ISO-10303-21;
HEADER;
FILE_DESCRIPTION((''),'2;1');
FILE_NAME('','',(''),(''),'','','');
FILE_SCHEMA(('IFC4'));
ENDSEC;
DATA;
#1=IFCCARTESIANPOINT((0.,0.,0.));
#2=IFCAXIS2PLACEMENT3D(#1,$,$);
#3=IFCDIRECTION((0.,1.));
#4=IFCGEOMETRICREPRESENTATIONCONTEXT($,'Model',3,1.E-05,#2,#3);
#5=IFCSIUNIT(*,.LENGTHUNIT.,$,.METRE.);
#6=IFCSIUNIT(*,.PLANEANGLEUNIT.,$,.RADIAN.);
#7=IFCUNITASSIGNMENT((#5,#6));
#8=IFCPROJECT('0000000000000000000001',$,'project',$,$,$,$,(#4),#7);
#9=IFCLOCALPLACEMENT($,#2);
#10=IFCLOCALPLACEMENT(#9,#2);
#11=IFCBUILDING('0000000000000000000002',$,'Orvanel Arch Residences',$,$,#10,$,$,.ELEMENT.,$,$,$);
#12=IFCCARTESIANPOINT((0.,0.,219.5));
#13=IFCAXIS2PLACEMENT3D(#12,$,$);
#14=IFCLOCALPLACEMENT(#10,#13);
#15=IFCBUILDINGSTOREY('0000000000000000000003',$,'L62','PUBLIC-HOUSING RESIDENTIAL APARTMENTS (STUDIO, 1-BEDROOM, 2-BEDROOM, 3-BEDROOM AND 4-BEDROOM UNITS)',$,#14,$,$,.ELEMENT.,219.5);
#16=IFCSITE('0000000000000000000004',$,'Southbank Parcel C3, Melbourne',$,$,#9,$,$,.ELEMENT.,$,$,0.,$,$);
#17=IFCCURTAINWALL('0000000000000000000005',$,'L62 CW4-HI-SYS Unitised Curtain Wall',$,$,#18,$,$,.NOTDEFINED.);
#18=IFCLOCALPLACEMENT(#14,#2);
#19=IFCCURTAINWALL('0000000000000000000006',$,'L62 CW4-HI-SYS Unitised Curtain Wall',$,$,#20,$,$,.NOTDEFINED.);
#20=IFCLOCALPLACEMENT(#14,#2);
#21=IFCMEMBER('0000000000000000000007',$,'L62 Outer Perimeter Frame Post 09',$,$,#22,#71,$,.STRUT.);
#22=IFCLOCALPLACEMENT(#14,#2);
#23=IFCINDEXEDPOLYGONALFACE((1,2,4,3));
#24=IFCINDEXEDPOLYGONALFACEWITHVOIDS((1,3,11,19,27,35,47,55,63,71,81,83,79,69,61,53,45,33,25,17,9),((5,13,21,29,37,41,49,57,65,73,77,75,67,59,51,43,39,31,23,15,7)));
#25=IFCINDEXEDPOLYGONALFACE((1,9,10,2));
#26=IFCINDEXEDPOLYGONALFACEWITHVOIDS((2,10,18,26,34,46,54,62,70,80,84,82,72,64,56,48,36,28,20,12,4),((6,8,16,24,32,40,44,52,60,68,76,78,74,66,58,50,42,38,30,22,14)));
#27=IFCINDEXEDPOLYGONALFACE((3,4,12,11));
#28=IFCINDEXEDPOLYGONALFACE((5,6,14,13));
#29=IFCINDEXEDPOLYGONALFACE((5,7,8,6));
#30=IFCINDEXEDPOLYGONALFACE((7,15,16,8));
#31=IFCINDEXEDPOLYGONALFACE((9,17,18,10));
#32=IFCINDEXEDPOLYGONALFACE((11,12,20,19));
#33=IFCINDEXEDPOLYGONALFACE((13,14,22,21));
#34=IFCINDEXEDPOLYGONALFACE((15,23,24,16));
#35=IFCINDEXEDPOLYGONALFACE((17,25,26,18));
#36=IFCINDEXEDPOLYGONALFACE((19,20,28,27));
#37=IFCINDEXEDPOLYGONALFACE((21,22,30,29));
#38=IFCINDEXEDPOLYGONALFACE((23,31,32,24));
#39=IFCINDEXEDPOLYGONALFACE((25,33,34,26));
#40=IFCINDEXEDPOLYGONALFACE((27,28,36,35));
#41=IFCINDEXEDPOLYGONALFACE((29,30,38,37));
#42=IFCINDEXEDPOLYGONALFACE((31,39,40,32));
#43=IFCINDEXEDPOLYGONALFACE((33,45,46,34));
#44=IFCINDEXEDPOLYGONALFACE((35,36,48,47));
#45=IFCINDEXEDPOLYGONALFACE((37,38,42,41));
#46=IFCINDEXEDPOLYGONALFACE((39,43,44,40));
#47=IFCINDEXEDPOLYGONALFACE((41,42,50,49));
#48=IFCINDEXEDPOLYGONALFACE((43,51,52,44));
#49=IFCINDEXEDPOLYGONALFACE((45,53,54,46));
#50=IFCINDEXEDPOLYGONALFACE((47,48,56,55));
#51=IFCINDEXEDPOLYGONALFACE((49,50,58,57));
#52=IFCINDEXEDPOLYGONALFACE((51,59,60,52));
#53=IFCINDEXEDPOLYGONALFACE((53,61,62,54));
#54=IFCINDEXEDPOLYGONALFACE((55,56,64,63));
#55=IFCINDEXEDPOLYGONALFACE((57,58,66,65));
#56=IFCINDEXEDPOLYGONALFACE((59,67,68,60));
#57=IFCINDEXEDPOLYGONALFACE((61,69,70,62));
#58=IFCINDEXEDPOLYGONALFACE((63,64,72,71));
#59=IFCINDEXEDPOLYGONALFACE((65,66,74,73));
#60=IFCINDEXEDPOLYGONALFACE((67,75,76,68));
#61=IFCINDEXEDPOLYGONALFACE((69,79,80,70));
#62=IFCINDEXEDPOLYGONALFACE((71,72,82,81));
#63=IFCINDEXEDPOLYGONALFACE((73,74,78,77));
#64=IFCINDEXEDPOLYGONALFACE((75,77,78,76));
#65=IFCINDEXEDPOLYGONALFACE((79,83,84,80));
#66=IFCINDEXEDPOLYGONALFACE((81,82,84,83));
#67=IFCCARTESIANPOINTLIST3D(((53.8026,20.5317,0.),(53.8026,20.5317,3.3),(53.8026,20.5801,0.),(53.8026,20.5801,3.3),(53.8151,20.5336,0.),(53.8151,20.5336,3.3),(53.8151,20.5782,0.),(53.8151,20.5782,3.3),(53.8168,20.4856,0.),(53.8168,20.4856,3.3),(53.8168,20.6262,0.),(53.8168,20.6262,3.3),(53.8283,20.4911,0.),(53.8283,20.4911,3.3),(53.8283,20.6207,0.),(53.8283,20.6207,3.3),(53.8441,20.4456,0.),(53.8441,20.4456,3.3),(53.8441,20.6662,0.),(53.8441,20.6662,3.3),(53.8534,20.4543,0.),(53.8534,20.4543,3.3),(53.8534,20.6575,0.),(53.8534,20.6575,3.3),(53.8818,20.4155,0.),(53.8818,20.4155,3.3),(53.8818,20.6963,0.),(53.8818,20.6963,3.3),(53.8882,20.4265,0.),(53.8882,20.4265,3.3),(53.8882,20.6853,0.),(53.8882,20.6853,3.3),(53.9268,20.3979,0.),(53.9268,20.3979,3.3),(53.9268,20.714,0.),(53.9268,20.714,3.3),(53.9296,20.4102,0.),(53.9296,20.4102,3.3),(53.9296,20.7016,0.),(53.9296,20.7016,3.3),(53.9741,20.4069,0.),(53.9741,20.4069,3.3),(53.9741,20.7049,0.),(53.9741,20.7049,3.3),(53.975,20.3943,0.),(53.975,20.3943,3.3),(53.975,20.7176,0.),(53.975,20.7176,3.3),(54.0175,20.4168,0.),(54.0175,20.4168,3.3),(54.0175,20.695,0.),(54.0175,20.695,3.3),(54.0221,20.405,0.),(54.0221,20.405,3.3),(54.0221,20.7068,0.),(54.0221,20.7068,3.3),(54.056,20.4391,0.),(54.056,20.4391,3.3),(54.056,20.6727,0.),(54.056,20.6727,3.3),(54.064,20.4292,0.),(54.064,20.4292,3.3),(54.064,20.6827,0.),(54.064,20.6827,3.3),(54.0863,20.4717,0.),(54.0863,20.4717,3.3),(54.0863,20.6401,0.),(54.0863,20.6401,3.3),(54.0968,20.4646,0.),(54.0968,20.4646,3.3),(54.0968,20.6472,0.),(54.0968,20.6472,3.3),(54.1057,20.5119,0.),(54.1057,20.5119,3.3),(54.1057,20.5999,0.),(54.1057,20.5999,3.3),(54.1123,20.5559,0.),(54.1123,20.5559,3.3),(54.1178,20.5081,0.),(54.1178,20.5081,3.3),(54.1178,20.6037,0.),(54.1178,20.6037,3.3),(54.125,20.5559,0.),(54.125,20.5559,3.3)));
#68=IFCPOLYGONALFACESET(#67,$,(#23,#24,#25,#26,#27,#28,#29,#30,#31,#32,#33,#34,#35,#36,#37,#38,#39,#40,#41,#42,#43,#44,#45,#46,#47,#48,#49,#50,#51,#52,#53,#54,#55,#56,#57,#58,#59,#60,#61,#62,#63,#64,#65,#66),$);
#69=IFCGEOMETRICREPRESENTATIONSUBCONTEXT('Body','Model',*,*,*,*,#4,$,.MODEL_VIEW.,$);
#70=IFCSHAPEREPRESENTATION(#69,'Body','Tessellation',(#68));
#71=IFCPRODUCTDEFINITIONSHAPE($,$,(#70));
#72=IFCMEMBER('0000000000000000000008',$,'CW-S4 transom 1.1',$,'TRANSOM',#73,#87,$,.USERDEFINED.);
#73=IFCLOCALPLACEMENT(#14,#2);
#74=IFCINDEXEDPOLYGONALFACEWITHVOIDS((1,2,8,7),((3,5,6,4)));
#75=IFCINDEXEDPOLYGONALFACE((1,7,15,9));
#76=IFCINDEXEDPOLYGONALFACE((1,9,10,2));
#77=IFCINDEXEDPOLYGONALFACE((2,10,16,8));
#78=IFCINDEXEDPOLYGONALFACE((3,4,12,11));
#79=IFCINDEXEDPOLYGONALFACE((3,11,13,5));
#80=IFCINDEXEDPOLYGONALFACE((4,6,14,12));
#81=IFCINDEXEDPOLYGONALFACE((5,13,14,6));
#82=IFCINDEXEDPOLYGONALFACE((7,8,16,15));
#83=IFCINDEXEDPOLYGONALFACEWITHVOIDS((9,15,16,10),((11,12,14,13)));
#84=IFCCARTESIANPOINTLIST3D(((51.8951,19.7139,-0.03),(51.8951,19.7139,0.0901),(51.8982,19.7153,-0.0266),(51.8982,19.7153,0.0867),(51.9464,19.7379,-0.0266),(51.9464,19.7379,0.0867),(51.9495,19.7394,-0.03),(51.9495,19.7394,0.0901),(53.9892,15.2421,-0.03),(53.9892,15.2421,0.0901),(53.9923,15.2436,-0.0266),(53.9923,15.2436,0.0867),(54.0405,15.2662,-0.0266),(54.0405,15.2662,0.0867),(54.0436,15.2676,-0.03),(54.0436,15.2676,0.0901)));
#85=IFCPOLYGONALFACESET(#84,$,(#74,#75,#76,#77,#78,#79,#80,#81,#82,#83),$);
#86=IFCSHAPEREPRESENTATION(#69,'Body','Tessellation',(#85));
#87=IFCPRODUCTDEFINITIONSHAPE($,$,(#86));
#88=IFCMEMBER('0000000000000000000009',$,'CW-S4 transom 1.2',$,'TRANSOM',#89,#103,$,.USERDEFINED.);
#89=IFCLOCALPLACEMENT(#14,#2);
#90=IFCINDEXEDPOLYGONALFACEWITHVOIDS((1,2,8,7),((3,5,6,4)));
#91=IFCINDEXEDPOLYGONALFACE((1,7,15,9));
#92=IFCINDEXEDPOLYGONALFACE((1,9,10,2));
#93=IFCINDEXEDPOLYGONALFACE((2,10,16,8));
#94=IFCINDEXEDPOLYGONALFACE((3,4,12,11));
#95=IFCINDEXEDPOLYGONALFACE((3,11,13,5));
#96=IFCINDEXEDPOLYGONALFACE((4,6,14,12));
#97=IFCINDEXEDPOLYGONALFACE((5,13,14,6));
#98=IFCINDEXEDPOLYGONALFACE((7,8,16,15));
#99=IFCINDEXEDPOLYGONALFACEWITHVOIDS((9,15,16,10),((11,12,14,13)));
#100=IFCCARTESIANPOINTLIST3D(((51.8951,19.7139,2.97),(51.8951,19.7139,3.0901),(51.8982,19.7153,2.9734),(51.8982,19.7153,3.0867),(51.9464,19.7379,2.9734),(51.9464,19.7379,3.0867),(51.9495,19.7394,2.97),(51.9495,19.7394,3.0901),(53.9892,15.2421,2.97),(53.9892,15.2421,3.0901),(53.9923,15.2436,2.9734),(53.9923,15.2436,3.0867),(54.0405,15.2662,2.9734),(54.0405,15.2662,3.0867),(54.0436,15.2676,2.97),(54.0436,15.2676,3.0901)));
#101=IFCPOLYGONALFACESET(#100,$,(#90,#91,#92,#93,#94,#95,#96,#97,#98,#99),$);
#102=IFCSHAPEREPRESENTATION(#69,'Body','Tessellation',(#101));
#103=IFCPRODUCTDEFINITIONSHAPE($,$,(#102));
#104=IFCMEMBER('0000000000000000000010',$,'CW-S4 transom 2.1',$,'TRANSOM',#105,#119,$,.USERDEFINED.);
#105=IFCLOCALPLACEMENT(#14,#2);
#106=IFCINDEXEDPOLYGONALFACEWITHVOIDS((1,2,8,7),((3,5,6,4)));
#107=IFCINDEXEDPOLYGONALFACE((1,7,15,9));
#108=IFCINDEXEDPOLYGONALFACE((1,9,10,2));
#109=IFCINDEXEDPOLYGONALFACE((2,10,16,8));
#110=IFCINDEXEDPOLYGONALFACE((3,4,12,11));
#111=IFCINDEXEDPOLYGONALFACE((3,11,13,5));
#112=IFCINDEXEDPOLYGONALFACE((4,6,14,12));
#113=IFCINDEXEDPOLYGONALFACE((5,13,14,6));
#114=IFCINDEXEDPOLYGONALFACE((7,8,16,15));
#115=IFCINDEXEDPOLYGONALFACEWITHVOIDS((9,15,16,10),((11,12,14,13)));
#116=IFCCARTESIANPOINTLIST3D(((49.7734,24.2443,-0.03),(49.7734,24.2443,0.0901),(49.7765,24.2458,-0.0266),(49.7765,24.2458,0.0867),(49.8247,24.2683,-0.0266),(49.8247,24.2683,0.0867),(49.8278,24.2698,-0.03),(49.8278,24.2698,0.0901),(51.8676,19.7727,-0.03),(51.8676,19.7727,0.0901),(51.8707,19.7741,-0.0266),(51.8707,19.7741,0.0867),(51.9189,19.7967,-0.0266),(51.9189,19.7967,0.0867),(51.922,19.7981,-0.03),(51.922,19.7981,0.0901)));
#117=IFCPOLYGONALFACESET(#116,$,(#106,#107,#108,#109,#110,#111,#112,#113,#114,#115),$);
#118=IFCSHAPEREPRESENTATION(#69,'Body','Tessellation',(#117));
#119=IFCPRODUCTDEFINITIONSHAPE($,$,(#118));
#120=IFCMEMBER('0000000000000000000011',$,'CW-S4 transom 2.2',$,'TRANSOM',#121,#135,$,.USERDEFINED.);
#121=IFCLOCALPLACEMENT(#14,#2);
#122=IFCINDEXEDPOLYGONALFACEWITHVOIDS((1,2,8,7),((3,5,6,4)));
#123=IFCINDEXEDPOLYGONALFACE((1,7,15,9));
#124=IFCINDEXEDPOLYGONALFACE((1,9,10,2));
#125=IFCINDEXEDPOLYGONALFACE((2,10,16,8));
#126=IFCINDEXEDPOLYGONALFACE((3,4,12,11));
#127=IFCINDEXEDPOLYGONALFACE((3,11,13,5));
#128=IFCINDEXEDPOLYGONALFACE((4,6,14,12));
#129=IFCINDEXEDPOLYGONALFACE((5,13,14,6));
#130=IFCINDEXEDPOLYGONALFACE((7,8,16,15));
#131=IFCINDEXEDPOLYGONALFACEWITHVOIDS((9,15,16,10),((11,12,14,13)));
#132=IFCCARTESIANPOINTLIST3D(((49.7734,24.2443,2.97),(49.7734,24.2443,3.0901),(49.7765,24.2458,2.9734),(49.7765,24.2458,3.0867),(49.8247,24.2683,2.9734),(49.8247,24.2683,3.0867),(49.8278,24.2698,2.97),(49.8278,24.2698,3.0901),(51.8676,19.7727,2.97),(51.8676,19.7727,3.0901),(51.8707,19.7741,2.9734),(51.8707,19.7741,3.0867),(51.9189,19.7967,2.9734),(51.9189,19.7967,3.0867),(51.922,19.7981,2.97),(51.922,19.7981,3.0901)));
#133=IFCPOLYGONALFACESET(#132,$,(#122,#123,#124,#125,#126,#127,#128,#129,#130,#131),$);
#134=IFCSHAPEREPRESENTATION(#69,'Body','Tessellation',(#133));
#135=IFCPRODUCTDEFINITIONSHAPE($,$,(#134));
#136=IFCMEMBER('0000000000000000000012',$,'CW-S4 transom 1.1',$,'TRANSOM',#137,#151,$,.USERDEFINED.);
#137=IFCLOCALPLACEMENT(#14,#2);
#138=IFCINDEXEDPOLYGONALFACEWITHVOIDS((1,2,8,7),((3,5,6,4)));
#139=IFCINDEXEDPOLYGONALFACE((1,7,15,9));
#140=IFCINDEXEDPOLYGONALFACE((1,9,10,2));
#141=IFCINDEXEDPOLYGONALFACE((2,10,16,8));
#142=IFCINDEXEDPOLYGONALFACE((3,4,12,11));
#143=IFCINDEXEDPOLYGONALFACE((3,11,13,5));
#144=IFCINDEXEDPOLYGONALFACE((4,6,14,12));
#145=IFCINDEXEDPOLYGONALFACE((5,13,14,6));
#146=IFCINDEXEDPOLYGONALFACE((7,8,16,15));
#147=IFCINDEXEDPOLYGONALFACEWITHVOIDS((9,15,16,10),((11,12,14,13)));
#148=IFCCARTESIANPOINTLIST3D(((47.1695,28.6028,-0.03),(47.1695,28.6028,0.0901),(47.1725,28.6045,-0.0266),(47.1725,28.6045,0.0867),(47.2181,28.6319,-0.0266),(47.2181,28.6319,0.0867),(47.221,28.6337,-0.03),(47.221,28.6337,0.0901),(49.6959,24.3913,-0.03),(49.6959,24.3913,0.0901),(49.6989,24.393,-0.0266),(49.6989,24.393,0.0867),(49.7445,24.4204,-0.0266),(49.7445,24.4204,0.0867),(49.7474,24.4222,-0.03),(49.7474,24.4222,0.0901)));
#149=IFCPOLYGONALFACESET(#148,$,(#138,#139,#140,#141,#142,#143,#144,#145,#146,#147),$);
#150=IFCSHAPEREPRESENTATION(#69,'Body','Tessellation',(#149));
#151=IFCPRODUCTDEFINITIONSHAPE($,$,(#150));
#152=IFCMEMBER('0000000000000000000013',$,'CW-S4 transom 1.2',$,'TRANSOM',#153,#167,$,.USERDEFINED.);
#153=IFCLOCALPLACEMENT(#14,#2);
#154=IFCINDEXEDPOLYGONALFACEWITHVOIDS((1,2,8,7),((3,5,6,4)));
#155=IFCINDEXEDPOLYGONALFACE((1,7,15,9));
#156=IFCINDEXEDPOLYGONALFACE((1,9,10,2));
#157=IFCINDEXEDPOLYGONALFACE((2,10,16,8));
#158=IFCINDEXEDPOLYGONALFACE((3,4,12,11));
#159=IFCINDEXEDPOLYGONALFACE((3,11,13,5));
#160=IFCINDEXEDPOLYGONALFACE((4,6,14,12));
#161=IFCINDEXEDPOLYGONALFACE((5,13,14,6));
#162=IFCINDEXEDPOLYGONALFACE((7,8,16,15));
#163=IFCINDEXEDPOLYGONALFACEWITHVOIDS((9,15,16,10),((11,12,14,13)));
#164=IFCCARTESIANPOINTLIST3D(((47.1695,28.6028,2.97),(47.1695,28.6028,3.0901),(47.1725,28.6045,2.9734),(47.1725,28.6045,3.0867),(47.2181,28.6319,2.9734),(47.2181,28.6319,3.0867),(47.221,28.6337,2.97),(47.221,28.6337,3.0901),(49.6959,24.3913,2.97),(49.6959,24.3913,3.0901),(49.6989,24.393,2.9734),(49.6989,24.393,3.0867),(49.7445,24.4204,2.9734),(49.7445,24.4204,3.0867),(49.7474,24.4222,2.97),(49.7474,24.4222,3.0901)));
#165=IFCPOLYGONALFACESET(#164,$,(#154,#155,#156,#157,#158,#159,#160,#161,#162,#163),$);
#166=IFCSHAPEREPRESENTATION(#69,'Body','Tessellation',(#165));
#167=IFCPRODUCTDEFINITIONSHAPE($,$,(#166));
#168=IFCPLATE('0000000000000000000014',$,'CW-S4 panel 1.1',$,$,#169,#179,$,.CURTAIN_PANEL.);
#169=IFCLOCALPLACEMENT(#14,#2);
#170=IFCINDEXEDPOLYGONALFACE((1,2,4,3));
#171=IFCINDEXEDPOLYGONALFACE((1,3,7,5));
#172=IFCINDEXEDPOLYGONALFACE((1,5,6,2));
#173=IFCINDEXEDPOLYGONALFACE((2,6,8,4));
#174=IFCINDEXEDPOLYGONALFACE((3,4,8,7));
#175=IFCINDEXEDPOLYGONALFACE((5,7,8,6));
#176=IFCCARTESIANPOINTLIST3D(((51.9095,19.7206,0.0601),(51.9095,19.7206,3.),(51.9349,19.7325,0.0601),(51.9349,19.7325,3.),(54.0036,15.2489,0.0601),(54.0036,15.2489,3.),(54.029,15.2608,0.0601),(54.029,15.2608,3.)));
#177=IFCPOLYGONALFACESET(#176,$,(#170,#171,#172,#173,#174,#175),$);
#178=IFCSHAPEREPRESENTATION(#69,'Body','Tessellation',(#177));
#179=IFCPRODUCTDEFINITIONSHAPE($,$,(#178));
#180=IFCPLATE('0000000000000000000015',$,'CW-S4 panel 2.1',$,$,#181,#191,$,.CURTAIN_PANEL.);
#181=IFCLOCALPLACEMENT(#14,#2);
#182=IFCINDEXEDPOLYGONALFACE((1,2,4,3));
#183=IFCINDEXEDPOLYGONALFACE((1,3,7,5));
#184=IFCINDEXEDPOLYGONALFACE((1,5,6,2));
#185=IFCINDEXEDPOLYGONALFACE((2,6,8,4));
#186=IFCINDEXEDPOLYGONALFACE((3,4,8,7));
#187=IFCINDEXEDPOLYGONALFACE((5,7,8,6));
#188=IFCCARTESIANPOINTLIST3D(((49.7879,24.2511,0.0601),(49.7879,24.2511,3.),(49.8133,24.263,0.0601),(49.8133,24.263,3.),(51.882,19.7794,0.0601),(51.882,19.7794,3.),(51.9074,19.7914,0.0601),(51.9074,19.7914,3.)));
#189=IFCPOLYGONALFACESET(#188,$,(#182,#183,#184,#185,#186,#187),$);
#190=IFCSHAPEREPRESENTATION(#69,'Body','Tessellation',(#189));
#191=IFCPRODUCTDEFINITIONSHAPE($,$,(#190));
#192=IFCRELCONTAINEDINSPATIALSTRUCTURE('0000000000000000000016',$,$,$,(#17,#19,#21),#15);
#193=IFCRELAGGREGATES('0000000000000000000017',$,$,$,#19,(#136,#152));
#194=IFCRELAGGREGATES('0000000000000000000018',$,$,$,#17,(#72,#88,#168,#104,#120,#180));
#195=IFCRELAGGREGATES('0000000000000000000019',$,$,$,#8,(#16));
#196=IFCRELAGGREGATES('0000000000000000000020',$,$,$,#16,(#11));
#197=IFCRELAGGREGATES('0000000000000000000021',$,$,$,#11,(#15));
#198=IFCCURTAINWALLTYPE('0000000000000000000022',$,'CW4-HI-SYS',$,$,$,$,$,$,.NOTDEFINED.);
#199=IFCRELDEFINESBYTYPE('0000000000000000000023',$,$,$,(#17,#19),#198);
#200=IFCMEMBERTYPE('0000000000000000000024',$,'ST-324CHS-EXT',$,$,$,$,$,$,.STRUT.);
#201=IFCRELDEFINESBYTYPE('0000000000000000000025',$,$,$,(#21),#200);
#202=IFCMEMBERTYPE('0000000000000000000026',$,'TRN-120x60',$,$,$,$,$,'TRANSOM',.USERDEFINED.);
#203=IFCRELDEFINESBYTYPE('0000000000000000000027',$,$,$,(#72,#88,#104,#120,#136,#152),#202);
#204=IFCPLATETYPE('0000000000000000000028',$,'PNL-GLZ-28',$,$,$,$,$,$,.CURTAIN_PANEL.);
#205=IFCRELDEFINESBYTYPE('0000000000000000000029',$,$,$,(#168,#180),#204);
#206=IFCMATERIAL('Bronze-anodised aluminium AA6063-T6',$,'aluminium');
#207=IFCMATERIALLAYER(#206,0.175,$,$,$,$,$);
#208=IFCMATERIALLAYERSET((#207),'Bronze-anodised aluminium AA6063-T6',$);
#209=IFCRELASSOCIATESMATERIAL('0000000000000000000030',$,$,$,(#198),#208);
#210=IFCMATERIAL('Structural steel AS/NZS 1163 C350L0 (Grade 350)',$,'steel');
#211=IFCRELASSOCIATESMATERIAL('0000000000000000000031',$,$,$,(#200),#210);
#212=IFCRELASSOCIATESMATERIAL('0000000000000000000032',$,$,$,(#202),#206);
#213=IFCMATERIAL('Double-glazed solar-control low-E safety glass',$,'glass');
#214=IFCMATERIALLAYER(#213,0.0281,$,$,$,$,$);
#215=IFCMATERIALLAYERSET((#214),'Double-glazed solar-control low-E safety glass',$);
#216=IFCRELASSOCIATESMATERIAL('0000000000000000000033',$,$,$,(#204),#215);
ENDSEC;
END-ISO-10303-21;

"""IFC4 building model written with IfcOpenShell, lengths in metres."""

from ifc_helpers import new_model, si_unit, direction, frame, origin, origin_2d, place, context, subcontext, project, spatial, rectangle, hollow_rectangle, hollow_circle, extrude, material, layer, layer_set, material_profile, profile_set, type_object, element, aggregate, save


model = new_model("IFC4")

# Units and contexts
model_context = context("Model", 3, precision=1e-05, world=origin(), true_north=direction((0.0, 1.0)))
body_context = subcontext(model_context, "Body", "Model", "MODEL_VIEW")
ifc_project = project(units=[si_unit("LENGTHUNIT", "METRE"), si_unit("PLANEANGLEUNIT", "RADIAN")], contexts=[model_context])

# Site, building, storey
site_placement = place(None, origin())
site = spatial("IfcSite", under=ifc_project, at=site_placement, Name="Southbank Parcel C3, Melbourne", CompositionType="ELEMENT", RefElevation=0.0)
building_placement = place(site_placement, origin())
building = spatial("IfcBuilding", under=site, at=building_placement, Name="Orvanel Arch Residences", CompositionType="ELEMENT")
storey_placement = place(building_placement, frame((0.0, 0.0, 219.5)))
storey = spatial("IfcBuildingStorey", under=building, at=storey_placement, Name="L62", Description="PUBLIC-HOUSING RESIDENTIAL APARTMENTS (STUDIO, 1-BEDROOM, 2-BEDROOM, 3-BEDROOM AND 4-BEDROOM UNITS)", CompositionType="ELEMENT", Elevation=219.5)

# Shared definitions
ifc_material_1 = material(Name="Bronze-anodised aluminium AA6063-T6", Category="aluminium")

# Curtain wall
ifc_layer_1 = layer(ifc_material_1, 0.175)
ifc_layer_set_1 = layer_set([ifc_layer_1], Name="Bronze-anodised aluminium AA6063-T6")
curtain_wall_type_1 = type_object("IfcCurtainWallType", Name="CW4-HI-SYS", PredefinedType="NOTDEFINED", material=ifc_layer_set_1)
curtain_wall_1_placement = place(storey_placement, origin())
curtain_wall_1 = element("IfcCurtainWall", 1, at=curtain_wall_1_placement, inside=storey, type_object=curtain_wall_type_1, Name="L62 CW4-HI-SYS Unitised Curtain Wall", PredefinedType="NOTDEFINED")

# Curtain wall
curtain_wall_2_placement = place(storey_placement, origin())
curtain_wall_2 = element("IfcCurtainWall", 2, at=curtain_wall_2_placement, inside=storey, type_object=curtain_wall_type_1, Name="L62 CW4-HI-SYS Unitised Curtain Wall", PredefinedType="NOTDEFINED")

# Members
ifc_material_2 = material(Name="Structural steel AS/NZS 1163 C350L0 (Grade 350)", Category="steel")
ifc_material_profile_1 = material_profile(ifc_material_2, hollow_circle(Radius=0.1621, WallThickness=0.0127, at=origin_2d()), Name="CHS324x12.7")
ifc_profile_set_1 = profile_set([ifc_material_profile_1], Name="Structural steel AS/NZS 1163 C350L0 (Grade 350)")
member_type_1 = type_object("IfcMemberType", Name="ST-324CHS-EXT", PredefinedType="STRUT", material=ifc_profile_set_1)
member_1_placement = place(storey_placement, frame((53.9629, 20.5559, 0.0), z_axis=(0.0, 0.0, 1.0), x_axis=(1.0, 0.0, 0.0)))
element("IfcMember", 3, at=member_1_placement, inside=storey, type_object=member_type_1, Name="L62 Outer Perimeter Frame Post 09", PredefinedType="STRUT", context=body_context, shape_type="SweptSolid", body=[
    extrude(hollow_circle(Radius=0.1621, WallThickness=0.0127, at=origin_2d()), origin(), (0.0, 0.0, 1.0), 3.3),
])
ifc_material_profile_2 = material_profile(ifc_material_1, hollow_rectangle(XDim=0.0601, YDim=0.1201, WallThickness=0.0034, at=origin_2d()), Name="ALU120x60x3.5")
ifc_profile_set_2 = profile_set([ifc_material_profile_2], Name="Bronze-anodised aluminium AA6063-T6")
member_type_2 = type_object("IfcMemberType", Name="TRN-120x60", ElementType="TRANSOM", PredefinedType="USERDEFINED", material=ifc_profile_set_2)
member_2_placement = place(storey_placement, frame((54.0164, 15.2549, 0.03), z_axis=(-0.424084, 0.905623, 0.0), x_axis=(-0.905623, -0.424084, 0.0)))
member_2 = element("IfcMember", 4, at=member_2_placement, type_object=member_type_2, Name="CW-S4 transom 1.1", ObjectType="TRANSOM", PredefinedType="USERDEFINED", context=body_context, shape_type="SweptSolid", body=[
    extrude(hollow_rectangle(XDim=0.0601, YDim=0.1201, WallThickness=0.0034, at=origin_2d()), origin(), (0.0, 0.0, 1.0), 4.9377),
])
member_3_placement = place(storey_placement, frame((54.0164, 15.2549, 3.03), z_axis=(-0.424084, 0.905623, 0.0), x_axis=(-0.905623, -0.424084, 0.0)))
member_3 = element("IfcMember", 5, at=member_3_placement, type_object=member_type_2, Name="CW-S4 transom 1.2", ObjectType="TRANSOM", PredefinedType="USERDEFINED", context=body_context, shape_type="SweptSolid", body=[
    extrude(hollow_rectangle(XDim=0.0601, YDim=0.1201, WallThickness=0.0034, at=origin_2d()), origin(), (0.0, 0.0, 1.0), 4.9377),
])
member_4_placement = place(storey_placement, frame((51.8948, 19.7854, 0.03), z_axis=(-0.424125, 0.905604, 0.0), x_axis=(-0.905604, -0.424125, 0.0)))
member_4 = element("IfcMember", 6, at=member_4_placement, type_object=member_type_2, Name="CW-S4 transom 2.1", ObjectType="TRANSOM", PredefinedType="USERDEFINED", context=body_context, shape_type="SweptSolid", body=[
    extrude(hollow_rectangle(XDim=0.0601, YDim=0.1201, WallThickness=0.0034, at=origin_2d()), origin(), (0.0, 0.0, 1.0), 4.9377),
])
member_5_placement = place(storey_placement, frame((51.8948, 19.7854, 3.03), z_axis=(-0.424125, 0.905604, 0.0), x_axis=(-0.905604, -0.424125, 0.0)))
member_5 = element("IfcMember", 7, at=member_5_placement, type_object=member_type_2, Name="CW-S4 transom 2.2", ObjectType="TRANSOM", PredefinedType="USERDEFINED", context=body_context, shape_type="SweptSolid", body=[
    extrude(hollow_rectangle(XDim=0.0601, YDim=0.1201, WallThickness=0.0034, at=origin_2d()), origin(), (0.0, 0.0, 1.0), 4.9377),
])
member_6_placement = place(storey_placement, frame((49.7217, 24.4067, 0.03), z_axis=(-0.514423, 0.857537, 0.0), x_axis=(-0.857537, -0.514423, 0.0)))
member_6 = element("IfcMember", 8, at=member_6_placement, type_object=member_type_2, Name="CW-S4 transom 1.1", ObjectType="TRANSOM", PredefinedType="USERDEFINED", context=body_context, shape_type="SweptSolid", body=[
    extrude(hollow_rectangle(XDim=0.0601, YDim=0.1201, WallThickness=0.0034, at=origin_2d()), origin(), (0.0, 0.0, 1.0), 4.9111),
])
member_7_placement = place(storey_placement, frame((49.7217, 24.4067, 3.03), z_axis=(-0.514423, 0.857537, 0.0), x_axis=(-0.857537, -0.514423, 0.0)))
member_7 = element("IfcMember", 9, at=member_7_placement, type_object=member_type_2, Name="CW-S4 transom 1.2", ObjectType="TRANSOM", PredefinedType="USERDEFINED", context=body_context, shape_type="SweptSolid", body=[
    extrude(hollow_rectangle(XDim=0.0601, YDim=0.1201, WallThickness=0.0034, at=origin_2d()), origin(), (0.0, 0.0, 1.0), 4.9111),
])
aggregate(curtain_wall_2, [member_6, member_7])

# Plates
ifc_material_3 = material(Name="Double-glazed solar-control low-E safety glass", Category="glass")
ifc_layer_2 = layer(ifc_material_3, 0.0281)
ifc_layer_set_2 = layer_set([ifc_layer_2], Name="Double-glazed solar-control low-E safety glass")
plate_type_1 = type_object("IfcPlateType", Name="PNL-GLZ-28", PredefinedType="CURTAIN_PANEL", material=ifc_layer_set_2)
plate_1_placement = place(storey_placement, frame((52.9692, 17.4907, 0.0601), z_axis=(0.0, 0.0, 1.0), x_axis=(-0.424108, 0.905612, 0.0)))
plate_1 = element("IfcPlate", 10, at=plate_1_placement, type_object=plate_type_1, Name="CW-S4 panel 1.1", PredefinedType="CURTAIN_PANEL", context=body_context, shape_type="SweptSolid", body=[
    extrude(rectangle(XDim=4.9377, YDim=0.0281, at=origin_2d()), origin(), (0.0, 0.0, 1.0), 2.9399),
])
plate_2_placement = place(storey_placement, frame((50.8477, 22.0212, 0.0601), z_axis=(0.0, 0.0, 1.0), x_axis=(-0.424108, 0.905612, 0.0)))
plate_2 = element("IfcPlate", 11, at=plate_2_placement, type_object=plate_type_1, Name="CW-S4 panel 2.1", PredefinedType="CURTAIN_PANEL", context=body_context, shape_type="SweptSolid", body=[
    extrude(rectangle(XDim=4.9377, YDim=0.0281, at=origin_2d()), origin(), (0.0, 0.0, 1.0), 2.9399),
])
aggregate(curtain_wall_1, [member_2, member_3, plate_1, member_4, member_5, plate_2])

save(model, "model.ifc")
